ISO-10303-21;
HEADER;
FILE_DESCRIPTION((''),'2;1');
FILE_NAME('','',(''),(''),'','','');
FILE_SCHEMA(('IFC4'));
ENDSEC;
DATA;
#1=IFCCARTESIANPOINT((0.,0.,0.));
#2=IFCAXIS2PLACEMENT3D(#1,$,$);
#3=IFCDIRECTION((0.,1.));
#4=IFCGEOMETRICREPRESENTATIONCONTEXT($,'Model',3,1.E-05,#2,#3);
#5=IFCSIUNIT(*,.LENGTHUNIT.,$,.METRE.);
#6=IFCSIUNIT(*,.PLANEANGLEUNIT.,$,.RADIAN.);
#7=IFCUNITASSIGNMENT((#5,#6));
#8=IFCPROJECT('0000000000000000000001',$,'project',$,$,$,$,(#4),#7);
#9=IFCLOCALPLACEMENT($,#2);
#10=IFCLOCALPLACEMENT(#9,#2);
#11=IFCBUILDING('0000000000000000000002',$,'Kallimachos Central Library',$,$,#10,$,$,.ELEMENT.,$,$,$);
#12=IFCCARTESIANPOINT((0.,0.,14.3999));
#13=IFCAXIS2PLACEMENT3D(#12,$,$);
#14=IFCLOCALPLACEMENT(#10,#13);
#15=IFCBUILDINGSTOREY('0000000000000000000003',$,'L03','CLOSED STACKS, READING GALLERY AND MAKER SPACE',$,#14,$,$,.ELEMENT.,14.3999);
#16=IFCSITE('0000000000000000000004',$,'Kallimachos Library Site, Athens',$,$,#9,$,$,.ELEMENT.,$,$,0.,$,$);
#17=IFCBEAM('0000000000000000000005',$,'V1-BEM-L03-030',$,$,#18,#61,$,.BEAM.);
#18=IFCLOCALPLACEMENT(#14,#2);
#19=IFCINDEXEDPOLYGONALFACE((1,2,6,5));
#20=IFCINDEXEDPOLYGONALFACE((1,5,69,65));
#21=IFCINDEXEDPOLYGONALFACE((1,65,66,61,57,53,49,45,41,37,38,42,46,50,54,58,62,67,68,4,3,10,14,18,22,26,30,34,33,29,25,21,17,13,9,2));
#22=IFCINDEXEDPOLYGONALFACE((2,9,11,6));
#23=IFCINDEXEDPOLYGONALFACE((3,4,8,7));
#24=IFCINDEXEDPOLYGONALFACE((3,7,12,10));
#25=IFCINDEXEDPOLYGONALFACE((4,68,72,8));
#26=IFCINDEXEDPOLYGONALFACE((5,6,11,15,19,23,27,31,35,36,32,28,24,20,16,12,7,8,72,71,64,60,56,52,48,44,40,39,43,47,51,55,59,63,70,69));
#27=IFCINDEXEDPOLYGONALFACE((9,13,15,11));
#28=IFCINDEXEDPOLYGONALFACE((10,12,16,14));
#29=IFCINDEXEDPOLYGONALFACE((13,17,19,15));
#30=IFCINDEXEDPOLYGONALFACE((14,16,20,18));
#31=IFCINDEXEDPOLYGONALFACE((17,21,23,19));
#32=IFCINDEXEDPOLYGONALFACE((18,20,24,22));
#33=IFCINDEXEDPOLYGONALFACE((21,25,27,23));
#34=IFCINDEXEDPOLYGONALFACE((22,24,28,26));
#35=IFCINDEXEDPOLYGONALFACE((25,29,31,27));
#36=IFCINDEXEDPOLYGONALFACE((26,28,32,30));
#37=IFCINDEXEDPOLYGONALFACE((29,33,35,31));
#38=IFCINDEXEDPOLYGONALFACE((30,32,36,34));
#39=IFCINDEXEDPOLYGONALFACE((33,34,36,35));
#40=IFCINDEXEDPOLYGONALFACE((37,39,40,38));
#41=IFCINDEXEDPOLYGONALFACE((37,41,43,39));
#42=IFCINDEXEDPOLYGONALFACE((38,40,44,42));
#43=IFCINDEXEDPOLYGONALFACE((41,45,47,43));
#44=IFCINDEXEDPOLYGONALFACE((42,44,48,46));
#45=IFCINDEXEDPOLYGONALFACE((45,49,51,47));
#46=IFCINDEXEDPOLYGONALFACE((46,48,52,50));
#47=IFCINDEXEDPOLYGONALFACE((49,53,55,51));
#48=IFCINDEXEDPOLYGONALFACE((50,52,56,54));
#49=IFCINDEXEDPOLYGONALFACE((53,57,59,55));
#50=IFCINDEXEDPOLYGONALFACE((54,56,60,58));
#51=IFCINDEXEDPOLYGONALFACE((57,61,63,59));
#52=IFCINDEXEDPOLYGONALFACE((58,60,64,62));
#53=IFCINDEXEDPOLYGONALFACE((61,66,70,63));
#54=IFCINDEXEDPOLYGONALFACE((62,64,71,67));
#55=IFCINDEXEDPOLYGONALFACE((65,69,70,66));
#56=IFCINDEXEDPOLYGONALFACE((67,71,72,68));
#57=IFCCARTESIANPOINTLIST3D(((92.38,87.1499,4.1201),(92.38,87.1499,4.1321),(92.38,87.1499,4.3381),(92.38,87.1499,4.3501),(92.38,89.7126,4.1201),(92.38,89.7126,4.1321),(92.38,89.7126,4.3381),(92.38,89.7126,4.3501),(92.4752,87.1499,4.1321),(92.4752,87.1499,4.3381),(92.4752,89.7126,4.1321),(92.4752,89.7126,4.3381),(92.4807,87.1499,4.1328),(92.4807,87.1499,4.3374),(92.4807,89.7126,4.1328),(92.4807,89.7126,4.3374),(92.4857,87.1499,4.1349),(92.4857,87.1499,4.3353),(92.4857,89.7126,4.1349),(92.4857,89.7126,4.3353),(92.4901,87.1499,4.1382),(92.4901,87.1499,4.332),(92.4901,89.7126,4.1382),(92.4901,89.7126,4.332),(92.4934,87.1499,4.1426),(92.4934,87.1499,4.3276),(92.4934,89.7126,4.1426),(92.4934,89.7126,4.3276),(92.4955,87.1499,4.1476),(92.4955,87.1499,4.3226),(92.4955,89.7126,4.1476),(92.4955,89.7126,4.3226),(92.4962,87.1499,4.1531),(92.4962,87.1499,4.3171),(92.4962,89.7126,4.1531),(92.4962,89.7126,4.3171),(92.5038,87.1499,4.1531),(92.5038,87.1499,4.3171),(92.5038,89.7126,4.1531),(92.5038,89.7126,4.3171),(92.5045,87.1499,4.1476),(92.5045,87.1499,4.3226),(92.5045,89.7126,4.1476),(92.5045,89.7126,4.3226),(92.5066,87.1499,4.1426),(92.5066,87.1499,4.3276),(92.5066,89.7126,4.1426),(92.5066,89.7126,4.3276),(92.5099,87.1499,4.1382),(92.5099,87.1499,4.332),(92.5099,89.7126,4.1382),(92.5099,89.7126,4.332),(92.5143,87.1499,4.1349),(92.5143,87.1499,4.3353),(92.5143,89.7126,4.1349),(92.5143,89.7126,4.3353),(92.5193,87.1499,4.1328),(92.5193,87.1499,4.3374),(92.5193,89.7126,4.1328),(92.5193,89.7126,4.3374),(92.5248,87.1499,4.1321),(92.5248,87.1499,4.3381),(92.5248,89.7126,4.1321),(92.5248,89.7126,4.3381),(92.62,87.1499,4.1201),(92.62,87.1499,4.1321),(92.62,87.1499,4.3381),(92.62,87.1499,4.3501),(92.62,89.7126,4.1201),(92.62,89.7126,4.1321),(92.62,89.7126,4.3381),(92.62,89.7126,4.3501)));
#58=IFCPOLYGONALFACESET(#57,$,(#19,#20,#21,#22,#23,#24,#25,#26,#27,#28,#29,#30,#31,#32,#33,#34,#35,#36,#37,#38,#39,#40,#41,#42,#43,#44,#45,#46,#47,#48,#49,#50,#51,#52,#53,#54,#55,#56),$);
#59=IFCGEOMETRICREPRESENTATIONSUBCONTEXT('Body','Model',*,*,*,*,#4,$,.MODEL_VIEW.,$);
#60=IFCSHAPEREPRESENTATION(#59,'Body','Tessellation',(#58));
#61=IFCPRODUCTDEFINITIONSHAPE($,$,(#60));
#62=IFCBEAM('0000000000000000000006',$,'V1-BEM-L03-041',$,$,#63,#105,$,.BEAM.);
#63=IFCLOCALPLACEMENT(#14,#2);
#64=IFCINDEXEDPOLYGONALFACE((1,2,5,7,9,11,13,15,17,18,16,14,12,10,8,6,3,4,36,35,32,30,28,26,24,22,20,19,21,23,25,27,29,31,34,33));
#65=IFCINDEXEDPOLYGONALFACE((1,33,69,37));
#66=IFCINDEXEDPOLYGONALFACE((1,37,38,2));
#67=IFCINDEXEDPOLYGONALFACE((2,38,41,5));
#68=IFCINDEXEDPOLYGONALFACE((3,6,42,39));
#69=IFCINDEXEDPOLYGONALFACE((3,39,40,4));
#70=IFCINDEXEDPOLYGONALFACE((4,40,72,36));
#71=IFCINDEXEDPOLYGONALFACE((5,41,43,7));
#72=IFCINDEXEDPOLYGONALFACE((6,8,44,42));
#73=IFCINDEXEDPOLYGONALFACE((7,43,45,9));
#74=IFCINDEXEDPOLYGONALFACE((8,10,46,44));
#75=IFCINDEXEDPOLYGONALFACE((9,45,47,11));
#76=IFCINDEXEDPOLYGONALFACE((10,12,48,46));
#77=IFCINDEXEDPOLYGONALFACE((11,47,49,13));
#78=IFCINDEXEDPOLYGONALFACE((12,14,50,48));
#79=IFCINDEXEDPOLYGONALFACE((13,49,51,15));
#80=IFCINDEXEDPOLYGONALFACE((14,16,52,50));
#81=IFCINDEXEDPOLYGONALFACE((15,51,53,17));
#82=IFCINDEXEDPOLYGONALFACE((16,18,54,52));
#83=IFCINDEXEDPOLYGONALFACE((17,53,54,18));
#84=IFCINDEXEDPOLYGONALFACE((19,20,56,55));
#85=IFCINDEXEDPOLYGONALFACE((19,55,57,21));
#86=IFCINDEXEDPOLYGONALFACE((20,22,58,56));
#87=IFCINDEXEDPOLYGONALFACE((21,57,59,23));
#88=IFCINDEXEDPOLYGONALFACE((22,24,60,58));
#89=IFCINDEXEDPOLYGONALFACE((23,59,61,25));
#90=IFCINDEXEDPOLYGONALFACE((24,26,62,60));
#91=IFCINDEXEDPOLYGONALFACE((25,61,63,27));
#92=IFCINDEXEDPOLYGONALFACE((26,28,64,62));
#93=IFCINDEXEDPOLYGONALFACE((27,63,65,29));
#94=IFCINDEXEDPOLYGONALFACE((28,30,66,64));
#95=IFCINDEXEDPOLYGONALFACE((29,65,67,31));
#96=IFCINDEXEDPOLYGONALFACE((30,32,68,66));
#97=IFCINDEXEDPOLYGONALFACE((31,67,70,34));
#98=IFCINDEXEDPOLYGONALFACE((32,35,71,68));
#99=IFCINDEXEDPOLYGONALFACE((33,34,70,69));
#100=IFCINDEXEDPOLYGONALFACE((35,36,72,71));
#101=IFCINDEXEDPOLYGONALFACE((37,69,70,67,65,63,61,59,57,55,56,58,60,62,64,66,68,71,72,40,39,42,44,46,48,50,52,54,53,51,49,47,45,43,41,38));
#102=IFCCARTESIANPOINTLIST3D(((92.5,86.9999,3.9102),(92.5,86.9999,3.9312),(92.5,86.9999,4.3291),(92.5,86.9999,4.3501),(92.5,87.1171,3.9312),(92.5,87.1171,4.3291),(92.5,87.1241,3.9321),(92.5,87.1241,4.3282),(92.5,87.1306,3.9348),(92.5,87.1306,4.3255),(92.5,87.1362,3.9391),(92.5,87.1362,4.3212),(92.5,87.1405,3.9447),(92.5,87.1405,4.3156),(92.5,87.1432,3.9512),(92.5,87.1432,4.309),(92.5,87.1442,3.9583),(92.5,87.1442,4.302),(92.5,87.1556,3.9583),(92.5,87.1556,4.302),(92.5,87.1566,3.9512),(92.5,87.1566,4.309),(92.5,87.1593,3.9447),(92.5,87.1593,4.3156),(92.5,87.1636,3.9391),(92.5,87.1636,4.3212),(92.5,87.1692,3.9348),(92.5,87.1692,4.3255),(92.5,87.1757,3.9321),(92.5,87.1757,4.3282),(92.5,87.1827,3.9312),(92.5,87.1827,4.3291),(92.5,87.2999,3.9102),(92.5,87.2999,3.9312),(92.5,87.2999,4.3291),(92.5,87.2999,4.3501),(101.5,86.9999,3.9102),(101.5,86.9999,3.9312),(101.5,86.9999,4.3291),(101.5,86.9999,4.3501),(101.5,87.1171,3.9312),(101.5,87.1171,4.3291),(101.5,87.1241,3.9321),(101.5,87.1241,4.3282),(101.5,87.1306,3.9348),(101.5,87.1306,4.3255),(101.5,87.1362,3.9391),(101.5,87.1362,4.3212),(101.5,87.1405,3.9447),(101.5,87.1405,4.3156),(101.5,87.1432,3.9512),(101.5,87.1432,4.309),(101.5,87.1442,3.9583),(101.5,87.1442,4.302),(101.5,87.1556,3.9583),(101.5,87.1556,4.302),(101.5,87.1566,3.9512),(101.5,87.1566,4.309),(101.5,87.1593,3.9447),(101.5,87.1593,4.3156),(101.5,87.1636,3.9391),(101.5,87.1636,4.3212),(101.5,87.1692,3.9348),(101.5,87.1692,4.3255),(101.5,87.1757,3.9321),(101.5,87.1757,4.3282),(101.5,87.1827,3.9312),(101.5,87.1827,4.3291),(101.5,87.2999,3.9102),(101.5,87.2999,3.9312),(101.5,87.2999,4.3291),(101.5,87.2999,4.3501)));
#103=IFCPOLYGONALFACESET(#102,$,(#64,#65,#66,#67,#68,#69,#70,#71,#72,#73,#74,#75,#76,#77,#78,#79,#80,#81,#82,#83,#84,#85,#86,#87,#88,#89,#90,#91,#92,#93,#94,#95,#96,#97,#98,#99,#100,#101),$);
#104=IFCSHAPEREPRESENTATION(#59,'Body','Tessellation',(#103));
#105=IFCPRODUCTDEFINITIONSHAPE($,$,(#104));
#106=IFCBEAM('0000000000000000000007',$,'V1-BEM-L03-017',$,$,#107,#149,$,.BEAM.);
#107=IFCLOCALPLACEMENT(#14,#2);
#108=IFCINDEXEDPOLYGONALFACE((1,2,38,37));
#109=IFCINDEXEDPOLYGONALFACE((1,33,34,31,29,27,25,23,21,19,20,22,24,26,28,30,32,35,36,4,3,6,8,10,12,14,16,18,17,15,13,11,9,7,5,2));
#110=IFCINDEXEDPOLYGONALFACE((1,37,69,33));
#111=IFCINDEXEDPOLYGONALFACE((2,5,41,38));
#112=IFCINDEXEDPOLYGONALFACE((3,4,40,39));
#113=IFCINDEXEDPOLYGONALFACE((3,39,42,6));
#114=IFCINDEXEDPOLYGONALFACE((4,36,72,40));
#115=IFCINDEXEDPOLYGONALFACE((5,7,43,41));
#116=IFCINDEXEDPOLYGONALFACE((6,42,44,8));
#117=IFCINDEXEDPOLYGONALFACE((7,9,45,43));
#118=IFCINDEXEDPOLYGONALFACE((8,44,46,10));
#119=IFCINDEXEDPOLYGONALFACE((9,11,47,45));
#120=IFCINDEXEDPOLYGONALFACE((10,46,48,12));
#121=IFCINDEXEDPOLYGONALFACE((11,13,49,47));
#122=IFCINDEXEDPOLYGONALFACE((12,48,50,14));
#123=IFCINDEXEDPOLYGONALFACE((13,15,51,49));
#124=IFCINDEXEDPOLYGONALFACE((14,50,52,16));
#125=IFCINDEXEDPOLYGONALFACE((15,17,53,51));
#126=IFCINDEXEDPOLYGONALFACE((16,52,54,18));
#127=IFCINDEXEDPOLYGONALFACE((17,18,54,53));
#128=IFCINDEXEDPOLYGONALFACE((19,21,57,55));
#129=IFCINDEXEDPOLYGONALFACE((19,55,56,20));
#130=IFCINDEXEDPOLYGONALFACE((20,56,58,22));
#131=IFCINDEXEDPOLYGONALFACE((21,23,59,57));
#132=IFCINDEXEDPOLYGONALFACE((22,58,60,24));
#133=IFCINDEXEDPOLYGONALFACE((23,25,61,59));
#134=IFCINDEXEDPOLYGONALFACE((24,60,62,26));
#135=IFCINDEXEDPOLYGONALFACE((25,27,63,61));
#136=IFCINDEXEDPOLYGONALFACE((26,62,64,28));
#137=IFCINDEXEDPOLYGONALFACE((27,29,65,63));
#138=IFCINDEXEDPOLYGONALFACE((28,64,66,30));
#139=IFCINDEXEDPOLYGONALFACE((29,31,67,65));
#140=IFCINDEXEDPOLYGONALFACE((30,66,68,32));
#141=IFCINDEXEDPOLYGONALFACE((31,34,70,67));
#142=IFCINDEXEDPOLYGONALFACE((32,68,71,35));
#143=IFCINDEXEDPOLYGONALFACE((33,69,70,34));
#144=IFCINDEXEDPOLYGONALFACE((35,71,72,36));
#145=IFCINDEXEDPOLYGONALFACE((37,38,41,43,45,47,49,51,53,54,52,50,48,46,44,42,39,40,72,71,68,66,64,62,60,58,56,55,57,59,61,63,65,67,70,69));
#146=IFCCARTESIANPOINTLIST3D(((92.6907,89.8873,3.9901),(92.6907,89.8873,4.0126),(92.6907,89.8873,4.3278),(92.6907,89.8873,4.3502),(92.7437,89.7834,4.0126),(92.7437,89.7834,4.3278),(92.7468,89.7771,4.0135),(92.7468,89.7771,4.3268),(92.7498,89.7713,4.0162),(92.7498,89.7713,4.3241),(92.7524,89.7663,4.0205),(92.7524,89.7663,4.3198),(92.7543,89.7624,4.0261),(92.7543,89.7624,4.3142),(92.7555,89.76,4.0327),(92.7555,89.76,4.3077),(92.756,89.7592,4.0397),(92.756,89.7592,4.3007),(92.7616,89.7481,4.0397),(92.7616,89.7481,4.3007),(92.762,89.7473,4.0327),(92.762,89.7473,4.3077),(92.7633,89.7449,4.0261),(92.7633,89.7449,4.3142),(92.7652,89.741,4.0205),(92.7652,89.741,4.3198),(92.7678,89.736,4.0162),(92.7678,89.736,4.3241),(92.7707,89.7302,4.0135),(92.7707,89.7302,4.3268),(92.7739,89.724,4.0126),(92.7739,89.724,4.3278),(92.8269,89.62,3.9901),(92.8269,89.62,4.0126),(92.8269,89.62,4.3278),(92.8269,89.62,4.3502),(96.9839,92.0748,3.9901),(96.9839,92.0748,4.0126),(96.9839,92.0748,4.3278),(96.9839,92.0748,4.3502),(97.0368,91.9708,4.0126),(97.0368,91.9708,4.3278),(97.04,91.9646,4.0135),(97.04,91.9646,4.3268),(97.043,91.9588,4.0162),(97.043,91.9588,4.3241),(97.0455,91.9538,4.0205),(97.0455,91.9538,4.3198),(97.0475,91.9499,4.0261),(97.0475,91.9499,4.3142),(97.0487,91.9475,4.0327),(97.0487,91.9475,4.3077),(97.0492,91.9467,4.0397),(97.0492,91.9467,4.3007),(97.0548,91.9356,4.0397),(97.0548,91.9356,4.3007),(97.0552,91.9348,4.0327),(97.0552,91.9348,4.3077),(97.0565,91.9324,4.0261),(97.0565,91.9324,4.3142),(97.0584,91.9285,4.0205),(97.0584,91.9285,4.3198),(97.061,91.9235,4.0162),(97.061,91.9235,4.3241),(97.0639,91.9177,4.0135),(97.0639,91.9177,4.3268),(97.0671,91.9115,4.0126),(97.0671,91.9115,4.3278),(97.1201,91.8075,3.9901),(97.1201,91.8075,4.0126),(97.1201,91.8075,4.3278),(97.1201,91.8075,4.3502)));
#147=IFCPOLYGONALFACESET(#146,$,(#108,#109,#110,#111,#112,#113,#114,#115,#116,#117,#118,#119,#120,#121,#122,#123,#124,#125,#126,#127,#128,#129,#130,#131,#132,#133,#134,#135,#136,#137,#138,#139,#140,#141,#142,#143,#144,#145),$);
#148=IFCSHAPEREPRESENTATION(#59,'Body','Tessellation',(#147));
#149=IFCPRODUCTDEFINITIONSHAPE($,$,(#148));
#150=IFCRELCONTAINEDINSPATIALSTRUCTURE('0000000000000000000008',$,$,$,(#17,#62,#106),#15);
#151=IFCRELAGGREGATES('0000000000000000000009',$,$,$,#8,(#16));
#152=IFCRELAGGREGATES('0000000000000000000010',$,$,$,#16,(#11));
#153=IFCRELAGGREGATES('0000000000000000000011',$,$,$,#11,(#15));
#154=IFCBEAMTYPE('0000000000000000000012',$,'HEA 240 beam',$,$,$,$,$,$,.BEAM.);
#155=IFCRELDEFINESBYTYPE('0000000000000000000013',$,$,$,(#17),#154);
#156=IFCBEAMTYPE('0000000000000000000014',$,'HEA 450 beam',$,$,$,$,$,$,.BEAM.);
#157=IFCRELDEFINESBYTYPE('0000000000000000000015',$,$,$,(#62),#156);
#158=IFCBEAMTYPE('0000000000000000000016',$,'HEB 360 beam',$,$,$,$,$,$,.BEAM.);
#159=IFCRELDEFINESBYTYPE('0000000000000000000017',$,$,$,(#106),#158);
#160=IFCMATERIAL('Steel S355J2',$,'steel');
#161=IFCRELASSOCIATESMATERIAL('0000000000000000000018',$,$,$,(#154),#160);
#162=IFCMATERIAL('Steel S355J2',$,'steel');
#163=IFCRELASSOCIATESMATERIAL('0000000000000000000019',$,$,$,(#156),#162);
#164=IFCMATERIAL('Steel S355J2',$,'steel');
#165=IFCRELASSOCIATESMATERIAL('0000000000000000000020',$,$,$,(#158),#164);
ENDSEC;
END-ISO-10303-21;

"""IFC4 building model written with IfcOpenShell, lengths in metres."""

from ifc_helpers import new_model, si_unit, direction, frame, origin, origin_2d, place, context, subcontext, project, spatial, i_section, extrude, material, material_profile, profile_set, type_object, element, save


model = new_model("IFC4")

# Units and contexts
model_context = context("Model", 3, precision=1e-05, world=origin(), true_north=direction((0.0, 1.0)))
body_context = subcontext(model_context, "Body", "Model", "MODEL_VIEW")
ifc_project = project(units=[si_unit("LENGTHUNIT", "METRE"), si_unit("PLANEANGLEUNIT", "RADIAN")], contexts=[model_context])

# Site, building, storey
site_placement = place(None, origin())
site = spatial("IfcSite", under=ifc_project, at=site_placement, Name="Kallimachos Library Site, Athens", CompositionType="ELEMENT", RefElevation=0.0)
building_placement = place(site_placement, origin())
building = spatial("IfcBuilding", under=site, at=building_placement, Name="Kallimachos Central Library", CompositionType="ELEMENT")
storey_placement = place(building_placement, frame((0.0, 0.0, 14.3999)))
storey = spatial("IfcBuildingStorey", under=building, at=storey_placement, Name="L03", Description="CLOSED STACKS, READING GALLERY AND MAKER SPACE", CompositionType="ELEMENT", Elevation=14.3999)

# Beams
ifc_material_1 = material(Name="Steel S355J2", Category="steel")
ifc_material_profile_1 = material_profile(ifc_material_1, i_section(OverallWidth=0.24, OverallDepth=0.23, WebThickness=0.0076, FlangeThickness=0.012, FilletRadius=0.021, at=origin_2d()), Name="HEA 240")
ifc_profile_set_1 = profile_set([ifc_material_profile_1], Name="Steel S355J2")
beam_type_1 = type_object("IfcBeamType", Name="HEA 240 beam", PredefinedType="BEAM", material=ifc_profile_set_1)
beam_1_placement = place(storey_placement, frame((92.5, 87.1499, 4.2351), z_axis=(0.0, 1.0, 0.0), x_axis=(-1.0, 0.0, 0.0)))
element("IfcBeam", 1, at=beam_1_placement, inside=storey, type_object=beam_type_1, Name="V1-BEM-L03-030", PredefinedType="BEAM", context=body_context, shape_type="SweptSolid", body=[
    extrude(i_section(OverallWidth=0.24, OverallDepth=0.23, WebThickness=0.0076, FlangeThickness=0.012, FilletRadius=0.021, at=origin_2d()), origin(), (0.0, 0.0, 1.0), 2.5627),
])
ifc_material_2 = material(Name="Steel S355J2", Category="steel")
ifc_material_profile_2 = material_profile(ifc_material_2, i_section(OverallWidth=0.3, OverallDepth=0.4399, WebThickness=0.0115, FlangeThickness=0.021, FilletRadius=0.0271, at=origin_2d()), Name="HEA 450")
ifc_profile_set_2 = profile_set([ifc_material_profile_2], Name="Steel S355J2")
beam_type_2 = type_object("IfcBeamType", Name="HEA 450 beam", PredefinedType="BEAM", material=ifc_profile_set_2)
beam_2_placement = place(storey_placement, frame((92.5, 87.1499, 4.1301), z_axis=(1.0, 0.0, 0.0), x_axis=(0.0, 1.0, 0.0)))
element("IfcBeam", 2, at=beam_2_placement, inside=storey, type_object=beam_type_2, Name="V1-BEM-L03-041", PredefinedType="BEAM", context=body_context, shape_type="SweptSolid", body=[
    extrude(i_section(OverallWidth=0.3, OverallDepth=0.4399, WebThickness=0.0115, FlangeThickness=0.021, FilletRadius=0.0271, at=origin_2d()), origin(), (0.0, 0.0, 1.0), 9.0),
])
ifc_material_3 = material(Name="Steel S355J2", Category="steel")
ifc_material_profile_3 = material_profile(ifc_material_3, i_section(OverallWidth=0.3, OverallDepth=0.3601, WebThickness=0.0125, FlangeThickness=0.0225, FilletRadius=0.0271, at=origin_2d()), Name="HEB 360")
ifc_profile_set_3 = profile_set([ifc_material_profile_3], Name="Steel S355J2")
beam_type_3 = type_object("IfcBeamType", Name="HEB 360 beam", PredefinedType="BEAM", material=ifc_profile_set_3)
beam_3_placement = place(storey_placement, frame((92.7588, 89.7537, 4.1702), z_axis=(0.891007, 0.45399, 0.0), x_axis=(-0.45399, 0.891007, 0.0)))
element("IfcBeam", 3, at=beam_3_placement, inside=storey, type_object=beam_type_3, Name="V1-BEM-L03-017", PredefinedType="BEAM", context=body_context, shape_type="SweptSolid", body=[
    extrude(i_section(OverallWidth=0.3, OverallDepth=0.3601, WebThickness=0.0125, FlangeThickness=0.0225, FilletRadius=0.0271, at=origin_2d()), origin(), (0.0, 0.0, 1.0), 4.8184),
])

save(model, "model.ifc")
